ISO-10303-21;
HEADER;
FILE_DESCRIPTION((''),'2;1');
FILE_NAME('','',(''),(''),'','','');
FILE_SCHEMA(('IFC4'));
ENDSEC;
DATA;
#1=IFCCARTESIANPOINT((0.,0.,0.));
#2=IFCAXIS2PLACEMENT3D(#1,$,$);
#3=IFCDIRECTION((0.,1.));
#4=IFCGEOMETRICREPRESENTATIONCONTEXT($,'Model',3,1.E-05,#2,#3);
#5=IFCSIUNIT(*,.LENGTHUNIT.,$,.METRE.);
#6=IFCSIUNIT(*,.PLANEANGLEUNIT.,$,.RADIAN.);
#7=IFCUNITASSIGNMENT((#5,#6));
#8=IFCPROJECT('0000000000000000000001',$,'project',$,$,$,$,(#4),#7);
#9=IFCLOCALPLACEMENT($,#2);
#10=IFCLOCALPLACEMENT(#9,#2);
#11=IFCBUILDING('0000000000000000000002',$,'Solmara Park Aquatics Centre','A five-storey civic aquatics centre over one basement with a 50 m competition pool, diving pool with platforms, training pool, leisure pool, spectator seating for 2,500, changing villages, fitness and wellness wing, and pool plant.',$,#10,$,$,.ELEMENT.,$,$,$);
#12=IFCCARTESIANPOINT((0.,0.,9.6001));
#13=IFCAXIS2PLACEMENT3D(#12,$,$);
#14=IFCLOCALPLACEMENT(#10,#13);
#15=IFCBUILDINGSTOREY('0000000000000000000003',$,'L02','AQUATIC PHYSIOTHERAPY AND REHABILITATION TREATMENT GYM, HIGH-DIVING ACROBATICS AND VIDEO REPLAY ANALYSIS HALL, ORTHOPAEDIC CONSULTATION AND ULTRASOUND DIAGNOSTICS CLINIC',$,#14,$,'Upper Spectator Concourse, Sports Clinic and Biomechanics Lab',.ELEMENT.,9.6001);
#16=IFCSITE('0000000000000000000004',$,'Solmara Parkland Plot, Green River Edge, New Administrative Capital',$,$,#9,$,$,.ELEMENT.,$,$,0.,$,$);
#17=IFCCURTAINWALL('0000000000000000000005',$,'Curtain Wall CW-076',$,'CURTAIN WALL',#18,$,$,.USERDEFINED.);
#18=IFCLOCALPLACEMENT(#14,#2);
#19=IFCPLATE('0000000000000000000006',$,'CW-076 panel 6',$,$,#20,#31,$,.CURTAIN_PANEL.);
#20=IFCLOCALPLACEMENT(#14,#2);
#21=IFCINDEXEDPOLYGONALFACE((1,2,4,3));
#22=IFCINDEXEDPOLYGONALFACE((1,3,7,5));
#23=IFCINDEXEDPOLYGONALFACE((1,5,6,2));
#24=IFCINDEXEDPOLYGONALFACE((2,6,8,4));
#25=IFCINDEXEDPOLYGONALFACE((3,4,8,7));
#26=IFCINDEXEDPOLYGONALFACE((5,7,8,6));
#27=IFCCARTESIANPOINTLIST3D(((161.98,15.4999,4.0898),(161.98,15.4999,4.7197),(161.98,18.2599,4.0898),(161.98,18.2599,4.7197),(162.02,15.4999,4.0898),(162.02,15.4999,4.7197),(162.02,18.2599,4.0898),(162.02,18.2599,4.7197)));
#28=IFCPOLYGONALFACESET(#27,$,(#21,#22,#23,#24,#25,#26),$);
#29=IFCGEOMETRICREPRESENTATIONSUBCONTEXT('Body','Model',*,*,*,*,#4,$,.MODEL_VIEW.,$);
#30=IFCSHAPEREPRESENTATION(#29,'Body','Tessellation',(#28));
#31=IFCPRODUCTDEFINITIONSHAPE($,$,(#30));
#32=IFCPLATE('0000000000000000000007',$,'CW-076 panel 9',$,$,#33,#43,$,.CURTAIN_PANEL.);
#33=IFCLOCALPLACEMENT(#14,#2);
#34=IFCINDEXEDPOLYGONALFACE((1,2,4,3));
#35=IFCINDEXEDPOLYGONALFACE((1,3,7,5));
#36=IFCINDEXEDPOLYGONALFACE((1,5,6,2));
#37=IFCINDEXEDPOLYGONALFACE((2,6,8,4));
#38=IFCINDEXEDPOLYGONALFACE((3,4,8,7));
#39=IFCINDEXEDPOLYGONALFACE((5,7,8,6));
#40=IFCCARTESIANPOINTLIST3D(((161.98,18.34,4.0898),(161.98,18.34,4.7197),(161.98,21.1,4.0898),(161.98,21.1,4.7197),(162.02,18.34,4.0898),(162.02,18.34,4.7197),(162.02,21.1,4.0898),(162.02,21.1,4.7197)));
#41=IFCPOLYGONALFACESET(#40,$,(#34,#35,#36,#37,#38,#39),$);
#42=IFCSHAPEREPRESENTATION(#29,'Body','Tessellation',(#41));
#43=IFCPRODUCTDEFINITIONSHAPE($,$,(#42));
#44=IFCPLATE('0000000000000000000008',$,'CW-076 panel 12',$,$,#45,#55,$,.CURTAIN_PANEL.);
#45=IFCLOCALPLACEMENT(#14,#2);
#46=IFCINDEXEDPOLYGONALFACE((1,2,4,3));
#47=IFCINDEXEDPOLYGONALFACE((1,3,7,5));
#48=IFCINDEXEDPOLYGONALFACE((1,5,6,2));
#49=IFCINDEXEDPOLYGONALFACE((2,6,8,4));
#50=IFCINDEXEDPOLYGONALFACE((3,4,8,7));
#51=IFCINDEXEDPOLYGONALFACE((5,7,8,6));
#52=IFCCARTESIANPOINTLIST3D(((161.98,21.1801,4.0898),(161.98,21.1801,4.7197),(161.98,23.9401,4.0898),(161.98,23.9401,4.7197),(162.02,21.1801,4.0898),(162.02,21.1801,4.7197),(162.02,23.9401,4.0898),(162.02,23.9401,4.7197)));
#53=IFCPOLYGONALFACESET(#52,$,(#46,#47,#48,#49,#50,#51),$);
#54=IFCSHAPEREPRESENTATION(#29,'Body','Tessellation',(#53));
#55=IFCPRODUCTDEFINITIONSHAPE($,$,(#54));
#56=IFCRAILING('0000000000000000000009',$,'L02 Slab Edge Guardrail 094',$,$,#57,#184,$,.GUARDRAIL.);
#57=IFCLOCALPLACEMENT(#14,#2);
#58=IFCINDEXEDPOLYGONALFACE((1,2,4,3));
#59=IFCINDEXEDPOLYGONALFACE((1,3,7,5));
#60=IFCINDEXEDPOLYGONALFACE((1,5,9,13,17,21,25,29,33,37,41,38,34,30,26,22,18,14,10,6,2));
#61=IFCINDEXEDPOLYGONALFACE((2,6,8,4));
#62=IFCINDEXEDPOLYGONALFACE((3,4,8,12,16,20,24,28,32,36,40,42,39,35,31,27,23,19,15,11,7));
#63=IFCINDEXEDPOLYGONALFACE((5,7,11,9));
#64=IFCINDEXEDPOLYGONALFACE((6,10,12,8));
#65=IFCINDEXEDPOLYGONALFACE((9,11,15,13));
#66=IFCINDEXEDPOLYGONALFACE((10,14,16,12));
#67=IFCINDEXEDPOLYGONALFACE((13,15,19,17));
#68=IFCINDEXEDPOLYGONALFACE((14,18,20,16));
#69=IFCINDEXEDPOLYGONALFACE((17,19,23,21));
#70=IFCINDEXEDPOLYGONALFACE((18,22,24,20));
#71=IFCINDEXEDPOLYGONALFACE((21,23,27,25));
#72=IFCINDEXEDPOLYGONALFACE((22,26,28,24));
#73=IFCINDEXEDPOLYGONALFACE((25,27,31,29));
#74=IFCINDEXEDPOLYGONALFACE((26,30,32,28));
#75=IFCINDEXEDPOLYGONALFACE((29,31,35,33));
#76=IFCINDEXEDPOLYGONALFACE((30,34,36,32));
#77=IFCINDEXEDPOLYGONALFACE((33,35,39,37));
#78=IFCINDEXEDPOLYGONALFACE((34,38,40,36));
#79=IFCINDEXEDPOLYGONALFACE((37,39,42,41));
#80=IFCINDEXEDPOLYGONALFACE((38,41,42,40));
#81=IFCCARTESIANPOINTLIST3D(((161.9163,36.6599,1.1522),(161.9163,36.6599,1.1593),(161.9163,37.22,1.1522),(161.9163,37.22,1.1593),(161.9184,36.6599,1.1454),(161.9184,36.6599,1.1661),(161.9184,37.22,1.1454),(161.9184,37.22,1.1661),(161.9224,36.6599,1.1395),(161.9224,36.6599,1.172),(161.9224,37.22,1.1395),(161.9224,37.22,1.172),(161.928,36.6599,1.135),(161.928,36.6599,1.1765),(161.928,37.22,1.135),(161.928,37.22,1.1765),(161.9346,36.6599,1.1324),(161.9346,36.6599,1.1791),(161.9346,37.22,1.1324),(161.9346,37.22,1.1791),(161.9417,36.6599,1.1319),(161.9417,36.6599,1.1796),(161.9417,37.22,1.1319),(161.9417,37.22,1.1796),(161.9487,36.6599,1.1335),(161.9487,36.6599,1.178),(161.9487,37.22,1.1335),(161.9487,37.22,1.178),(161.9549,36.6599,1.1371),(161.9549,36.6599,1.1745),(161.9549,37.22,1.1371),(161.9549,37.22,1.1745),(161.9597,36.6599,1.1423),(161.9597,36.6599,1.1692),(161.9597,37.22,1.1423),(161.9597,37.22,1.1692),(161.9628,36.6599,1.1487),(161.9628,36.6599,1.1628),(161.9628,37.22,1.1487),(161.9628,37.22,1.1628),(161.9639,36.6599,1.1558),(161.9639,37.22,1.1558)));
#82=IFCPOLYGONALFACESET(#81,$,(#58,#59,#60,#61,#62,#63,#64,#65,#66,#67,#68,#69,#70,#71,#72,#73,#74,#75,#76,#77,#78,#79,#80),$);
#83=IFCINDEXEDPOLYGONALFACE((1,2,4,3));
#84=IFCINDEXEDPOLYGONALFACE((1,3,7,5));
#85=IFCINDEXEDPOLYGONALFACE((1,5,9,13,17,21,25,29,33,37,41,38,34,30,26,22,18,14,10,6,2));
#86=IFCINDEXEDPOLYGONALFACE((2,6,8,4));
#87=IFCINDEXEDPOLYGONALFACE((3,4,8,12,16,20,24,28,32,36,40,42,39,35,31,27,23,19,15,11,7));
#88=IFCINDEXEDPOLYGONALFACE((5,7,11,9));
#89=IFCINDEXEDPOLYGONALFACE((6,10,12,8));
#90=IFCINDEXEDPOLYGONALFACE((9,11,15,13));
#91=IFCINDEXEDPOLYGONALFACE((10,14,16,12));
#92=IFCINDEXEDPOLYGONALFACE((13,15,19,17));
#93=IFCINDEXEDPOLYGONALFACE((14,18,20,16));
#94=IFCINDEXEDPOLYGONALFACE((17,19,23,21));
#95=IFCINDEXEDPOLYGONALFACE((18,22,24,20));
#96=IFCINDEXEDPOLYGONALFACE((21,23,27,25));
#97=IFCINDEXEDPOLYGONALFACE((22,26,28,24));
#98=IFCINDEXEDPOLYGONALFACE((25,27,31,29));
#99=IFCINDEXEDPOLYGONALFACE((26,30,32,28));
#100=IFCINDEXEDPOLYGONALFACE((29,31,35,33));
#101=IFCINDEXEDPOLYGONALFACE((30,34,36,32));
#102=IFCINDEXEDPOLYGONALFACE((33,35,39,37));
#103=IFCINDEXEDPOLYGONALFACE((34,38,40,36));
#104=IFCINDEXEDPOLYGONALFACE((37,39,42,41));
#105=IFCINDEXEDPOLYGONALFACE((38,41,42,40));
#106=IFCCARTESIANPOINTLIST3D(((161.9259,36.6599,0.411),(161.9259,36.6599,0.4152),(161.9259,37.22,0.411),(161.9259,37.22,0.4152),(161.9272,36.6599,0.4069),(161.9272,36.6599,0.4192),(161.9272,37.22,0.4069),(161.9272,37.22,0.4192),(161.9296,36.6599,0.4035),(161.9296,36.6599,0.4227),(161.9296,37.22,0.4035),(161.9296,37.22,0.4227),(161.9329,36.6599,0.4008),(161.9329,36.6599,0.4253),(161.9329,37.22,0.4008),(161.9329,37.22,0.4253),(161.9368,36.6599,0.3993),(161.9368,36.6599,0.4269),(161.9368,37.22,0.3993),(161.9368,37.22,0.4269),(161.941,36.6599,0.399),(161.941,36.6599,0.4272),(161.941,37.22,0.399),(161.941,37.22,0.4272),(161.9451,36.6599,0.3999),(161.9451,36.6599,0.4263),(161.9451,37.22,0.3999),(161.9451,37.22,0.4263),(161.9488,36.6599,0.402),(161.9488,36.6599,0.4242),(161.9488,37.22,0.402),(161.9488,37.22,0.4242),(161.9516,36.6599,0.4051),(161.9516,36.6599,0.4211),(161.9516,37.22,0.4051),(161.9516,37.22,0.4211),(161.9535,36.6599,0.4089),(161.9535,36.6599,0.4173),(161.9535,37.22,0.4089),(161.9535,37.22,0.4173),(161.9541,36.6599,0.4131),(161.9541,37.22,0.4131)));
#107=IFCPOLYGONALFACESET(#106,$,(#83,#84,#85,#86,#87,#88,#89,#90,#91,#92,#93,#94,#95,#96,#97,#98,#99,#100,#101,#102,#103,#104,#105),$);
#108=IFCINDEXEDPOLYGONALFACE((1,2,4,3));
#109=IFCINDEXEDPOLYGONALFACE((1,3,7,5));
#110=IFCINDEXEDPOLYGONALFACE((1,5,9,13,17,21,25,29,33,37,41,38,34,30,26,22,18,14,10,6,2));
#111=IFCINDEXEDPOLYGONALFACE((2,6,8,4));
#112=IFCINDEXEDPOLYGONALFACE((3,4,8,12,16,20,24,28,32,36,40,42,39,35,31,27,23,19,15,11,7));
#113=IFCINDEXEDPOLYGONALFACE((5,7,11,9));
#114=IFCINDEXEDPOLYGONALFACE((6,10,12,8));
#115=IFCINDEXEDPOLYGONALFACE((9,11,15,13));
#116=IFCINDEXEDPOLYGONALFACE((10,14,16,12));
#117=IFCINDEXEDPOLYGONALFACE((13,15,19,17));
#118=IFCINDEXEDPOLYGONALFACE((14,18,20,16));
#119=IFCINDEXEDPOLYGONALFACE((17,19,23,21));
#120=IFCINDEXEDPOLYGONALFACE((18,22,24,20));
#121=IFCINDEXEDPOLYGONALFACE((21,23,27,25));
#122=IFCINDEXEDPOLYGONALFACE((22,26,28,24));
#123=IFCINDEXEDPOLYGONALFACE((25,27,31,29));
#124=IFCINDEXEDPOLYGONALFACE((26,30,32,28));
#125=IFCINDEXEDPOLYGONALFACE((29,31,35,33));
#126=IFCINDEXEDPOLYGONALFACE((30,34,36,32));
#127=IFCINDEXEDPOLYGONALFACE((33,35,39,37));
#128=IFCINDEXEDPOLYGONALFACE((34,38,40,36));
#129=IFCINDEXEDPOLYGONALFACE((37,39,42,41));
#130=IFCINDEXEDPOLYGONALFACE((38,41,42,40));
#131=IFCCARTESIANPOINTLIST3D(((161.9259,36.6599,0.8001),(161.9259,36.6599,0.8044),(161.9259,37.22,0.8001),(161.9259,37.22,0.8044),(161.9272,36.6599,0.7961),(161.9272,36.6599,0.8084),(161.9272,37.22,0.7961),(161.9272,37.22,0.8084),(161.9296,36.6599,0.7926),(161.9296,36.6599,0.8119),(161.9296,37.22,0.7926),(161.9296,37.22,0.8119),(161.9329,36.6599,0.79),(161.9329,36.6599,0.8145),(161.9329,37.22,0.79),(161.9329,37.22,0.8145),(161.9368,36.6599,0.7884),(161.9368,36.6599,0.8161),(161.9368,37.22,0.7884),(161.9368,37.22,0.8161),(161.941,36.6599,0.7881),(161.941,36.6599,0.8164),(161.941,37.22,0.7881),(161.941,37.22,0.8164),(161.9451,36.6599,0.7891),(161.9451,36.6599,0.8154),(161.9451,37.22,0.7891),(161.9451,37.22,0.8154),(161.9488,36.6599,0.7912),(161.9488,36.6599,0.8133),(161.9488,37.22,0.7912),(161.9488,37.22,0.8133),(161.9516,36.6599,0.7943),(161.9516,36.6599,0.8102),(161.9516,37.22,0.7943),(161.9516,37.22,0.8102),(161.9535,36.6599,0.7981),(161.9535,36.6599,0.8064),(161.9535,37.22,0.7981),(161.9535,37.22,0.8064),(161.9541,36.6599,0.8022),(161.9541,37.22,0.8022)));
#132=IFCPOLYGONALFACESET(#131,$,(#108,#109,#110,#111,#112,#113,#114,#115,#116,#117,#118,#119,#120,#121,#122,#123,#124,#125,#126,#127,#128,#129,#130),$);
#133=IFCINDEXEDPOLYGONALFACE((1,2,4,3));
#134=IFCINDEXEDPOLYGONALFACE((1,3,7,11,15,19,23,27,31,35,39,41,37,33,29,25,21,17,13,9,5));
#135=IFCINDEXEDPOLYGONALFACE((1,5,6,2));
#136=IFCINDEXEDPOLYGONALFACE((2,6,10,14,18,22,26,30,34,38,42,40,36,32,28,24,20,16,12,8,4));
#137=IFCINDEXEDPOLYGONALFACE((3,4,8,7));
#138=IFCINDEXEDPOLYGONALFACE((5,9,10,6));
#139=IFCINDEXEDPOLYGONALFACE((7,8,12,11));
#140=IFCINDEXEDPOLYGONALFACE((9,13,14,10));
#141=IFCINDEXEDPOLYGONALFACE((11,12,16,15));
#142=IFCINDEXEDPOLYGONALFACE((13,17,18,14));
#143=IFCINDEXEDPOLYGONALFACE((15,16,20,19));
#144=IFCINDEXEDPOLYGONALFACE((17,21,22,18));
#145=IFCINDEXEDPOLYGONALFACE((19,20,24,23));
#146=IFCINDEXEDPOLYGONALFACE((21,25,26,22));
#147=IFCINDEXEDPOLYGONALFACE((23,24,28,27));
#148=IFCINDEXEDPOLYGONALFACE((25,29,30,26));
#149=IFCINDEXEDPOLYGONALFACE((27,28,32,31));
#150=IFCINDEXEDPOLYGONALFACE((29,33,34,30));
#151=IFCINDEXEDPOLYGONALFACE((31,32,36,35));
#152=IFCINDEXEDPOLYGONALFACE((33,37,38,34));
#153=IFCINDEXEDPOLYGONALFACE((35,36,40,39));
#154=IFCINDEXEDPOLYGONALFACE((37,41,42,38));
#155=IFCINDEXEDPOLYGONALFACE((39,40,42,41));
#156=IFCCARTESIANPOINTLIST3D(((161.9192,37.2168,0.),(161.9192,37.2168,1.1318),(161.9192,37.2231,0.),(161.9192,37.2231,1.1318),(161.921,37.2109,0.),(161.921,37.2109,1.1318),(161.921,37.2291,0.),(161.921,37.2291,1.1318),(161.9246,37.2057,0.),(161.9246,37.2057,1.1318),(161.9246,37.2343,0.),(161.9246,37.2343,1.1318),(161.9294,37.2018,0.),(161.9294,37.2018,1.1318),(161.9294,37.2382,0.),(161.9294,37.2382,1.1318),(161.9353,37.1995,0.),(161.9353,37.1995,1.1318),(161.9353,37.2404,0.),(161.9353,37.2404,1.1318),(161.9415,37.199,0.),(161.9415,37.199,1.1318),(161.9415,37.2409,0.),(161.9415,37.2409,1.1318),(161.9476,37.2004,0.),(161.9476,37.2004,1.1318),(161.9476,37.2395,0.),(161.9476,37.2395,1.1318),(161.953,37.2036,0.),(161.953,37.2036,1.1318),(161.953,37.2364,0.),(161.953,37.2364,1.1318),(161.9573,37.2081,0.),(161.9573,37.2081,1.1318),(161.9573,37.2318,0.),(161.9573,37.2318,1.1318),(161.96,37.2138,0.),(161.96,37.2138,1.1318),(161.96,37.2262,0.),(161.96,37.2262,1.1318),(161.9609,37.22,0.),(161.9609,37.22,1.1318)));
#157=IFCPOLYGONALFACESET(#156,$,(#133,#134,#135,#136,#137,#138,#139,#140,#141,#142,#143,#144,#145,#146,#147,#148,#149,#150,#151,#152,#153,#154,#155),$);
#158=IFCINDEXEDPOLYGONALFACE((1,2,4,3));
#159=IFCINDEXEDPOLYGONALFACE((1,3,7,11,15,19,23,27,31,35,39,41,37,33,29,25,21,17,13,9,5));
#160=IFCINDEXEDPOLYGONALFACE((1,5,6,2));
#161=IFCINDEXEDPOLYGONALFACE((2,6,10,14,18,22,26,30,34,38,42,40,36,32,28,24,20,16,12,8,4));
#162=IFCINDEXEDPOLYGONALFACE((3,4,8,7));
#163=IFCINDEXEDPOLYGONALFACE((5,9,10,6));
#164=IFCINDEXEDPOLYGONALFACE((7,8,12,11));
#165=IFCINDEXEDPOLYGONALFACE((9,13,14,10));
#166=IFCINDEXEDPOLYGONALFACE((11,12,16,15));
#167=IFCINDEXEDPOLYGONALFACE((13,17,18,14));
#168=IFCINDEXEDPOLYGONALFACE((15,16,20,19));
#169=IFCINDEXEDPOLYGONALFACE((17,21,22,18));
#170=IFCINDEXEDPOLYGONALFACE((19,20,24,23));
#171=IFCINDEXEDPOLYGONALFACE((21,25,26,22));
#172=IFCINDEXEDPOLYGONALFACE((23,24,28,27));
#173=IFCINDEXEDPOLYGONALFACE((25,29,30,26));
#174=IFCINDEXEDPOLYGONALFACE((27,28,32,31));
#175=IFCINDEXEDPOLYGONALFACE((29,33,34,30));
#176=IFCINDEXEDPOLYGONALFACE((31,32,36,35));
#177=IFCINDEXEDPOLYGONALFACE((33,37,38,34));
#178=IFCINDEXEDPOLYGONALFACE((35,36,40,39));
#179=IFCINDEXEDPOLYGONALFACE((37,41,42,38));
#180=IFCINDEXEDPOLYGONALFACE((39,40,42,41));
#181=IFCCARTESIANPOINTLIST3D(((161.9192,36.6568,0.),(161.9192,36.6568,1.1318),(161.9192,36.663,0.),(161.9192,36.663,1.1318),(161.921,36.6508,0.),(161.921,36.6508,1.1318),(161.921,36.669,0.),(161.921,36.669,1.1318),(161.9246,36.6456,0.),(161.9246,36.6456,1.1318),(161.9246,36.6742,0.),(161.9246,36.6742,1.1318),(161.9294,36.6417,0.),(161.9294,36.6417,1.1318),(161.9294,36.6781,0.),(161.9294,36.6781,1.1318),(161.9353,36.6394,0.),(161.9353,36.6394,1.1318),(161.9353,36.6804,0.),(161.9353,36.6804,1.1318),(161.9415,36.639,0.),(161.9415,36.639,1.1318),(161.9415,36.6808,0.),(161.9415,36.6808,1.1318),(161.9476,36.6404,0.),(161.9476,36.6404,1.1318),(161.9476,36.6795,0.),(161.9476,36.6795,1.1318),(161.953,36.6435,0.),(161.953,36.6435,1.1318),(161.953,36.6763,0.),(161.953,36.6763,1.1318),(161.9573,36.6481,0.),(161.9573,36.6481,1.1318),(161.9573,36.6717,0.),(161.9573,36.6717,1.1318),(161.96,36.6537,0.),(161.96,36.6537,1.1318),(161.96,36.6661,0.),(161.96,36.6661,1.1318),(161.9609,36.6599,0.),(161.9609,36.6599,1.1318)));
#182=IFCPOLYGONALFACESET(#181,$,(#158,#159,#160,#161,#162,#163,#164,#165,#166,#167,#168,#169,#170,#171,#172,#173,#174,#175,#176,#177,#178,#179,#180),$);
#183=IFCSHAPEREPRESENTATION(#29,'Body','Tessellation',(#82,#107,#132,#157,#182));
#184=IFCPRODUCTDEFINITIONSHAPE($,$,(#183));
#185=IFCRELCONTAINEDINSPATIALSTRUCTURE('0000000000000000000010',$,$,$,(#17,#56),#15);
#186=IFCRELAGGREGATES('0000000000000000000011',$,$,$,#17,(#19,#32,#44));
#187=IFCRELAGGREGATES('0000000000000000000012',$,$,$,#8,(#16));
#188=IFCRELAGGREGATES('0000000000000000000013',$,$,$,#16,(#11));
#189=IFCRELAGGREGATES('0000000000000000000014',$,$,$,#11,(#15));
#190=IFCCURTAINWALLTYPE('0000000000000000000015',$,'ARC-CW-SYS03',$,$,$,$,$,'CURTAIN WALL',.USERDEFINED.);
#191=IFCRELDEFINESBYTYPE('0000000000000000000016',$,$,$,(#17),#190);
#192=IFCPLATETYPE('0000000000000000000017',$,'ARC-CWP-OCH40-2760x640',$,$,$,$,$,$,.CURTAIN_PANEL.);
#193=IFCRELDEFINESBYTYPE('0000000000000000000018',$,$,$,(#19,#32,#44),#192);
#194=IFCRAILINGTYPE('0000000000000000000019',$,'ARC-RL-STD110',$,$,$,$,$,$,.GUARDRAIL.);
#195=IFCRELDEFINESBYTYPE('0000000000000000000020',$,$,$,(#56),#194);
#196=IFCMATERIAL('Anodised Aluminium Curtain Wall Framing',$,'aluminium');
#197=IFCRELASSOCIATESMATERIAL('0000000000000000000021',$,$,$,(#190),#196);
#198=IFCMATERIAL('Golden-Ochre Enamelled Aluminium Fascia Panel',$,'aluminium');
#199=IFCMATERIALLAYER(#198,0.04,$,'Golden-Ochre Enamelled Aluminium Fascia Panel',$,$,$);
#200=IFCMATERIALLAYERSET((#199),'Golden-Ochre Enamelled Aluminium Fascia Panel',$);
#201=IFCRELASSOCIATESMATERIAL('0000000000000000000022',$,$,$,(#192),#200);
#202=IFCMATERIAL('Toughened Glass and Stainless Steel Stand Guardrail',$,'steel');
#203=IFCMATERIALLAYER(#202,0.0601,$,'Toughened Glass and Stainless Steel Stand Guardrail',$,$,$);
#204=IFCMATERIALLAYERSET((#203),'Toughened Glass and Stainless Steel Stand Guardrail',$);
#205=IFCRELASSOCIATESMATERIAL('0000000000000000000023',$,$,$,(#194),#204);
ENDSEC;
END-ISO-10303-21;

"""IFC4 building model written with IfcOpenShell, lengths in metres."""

from ifc_helpers import new_model, si_unit, direction, frame, origin, origin_2d, place, context, subcontext, project, spatial, rectangle, circle, extrude, material, layer, layer_set, type_object, element, aggregate, save


model = new_model("IFC4")

# Units and contexts
model_context = context("Model", 3, precision=1e-05, world=origin(), true_north=direction((0.0, 1.0)))
body_context = subcontext(model_context, "Body", "Model", "MODEL_VIEW")
ifc_project = project(units=[si_unit("LENGTHUNIT", "METRE"), si_unit("PLANEANGLEUNIT", "RADIAN")], contexts=[model_context])

# Site, building, storey
site_placement = place(None, origin())
site = spatial("IfcSite", under=ifc_project, at=site_placement, Name="Solmara Parkland Plot, Green River Edge, New Administrative Capital", CompositionType="ELEMENT", RefElevation=0.0)
building_placement = place(site_placement, origin())
building = spatial("IfcBuilding", under=site, at=building_placement, Name="Solmara Park Aquatics Centre", Description="A five-storey civic aquatics centre over one basement with a 50 m competition pool, diving pool with platforms, training pool, leisure pool, spectator seating for 2,500, changing villages, fitness and wellness wing, and pool plant.", CompositionType="ELEMENT")
storey_placement = place(building_placement, frame((0.0, 0.0, 9.6001)))
storey = spatial("IfcBuildingStorey", under=building, at=storey_placement, Name="L02", Description="AQUATIC PHYSIOTHERAPY AND REHABILITATION TREATMENT GYM, HIGH-DIVING ACROBATICS AND VIDEO REPLAY ANALYSIS HALL, ORTHOPAEDIC CONSULTATION AND ULTRASOUND DIAGNOSTICS CLINIC", LongName="Upper Spectator Concourse, Sports Clinic and Biomechanics Lab", CompositionType="ELEMENT", Elevation=9.6001)

# Curtain wall
ifc_material_1 = material(Name="Anodised Aluminium Curtain Wall Framing", Category="aluminium")
curtain_wall_type = type_object("IfcCurtainWallType", Name="ARC-CW-SYS03", ElementType="CURTAIN WALL", PredefinedType="USERDEFINED", material=ifc_material_1)
curtain_wall_1_placement = place(storey_placement, origin())
curtain_wall_1 = element("IfcCurtainWall", 1, at=curtain_wall_1_placement, inside=storey, type_object=curtain_wall_type, Name="Curtain Wall CW-076", ObjectType="CURTAIN WALL", PredefinedType="USERDEFINED")

# Plates
ifc_material_2 = material(Name="Golden-Ochre Enamelled Aluminium Fascia Panel", Category="aluminium")
ifc_layer_1 = layer(ifc_material_2, 0.04, Name="Golden-Ochre Enamelled Aluminium Fascia Panel")
ifc_layer_set_1 = layer_set([ifc_layer_1], Name="Golden-Ochre Enamelled Aluminium Fascia Panel")
plate_type_1 = type_object("IfcPlateType", Name="ARC-CWP-OCH40-2760x640", PredefinedType="CURTAIN_PANEL", material=ifc_layer_set_1)
plate_1_placement = place(storey_placement, frame((162.0, 16.8799, 4.0898), z_axis=(0.0, 0.0, 1.0), x_axis=(0.0, 1.0, 0.0)))
plate_1 = element("IfcPlate", 2, at=plate_1_placement, type_object=plate_type_1, Name="CW-076 panel 6", PredefinedType="CURTAIN_PANEL", context=body_context, shape_type="SweptSolid", body=[
    extrude(rectangle(XDim=2.76, YDim=0.04, at=origin_2d()), origin(), (0.0, 0.0, 1.0), 0.6299),
])
plate_2_placement = place(storey_placement, frame((162.0, 19.72, 4.0898), z_axis=(0.0, 0.0, 1.0), x_axis=(0.0, 1.0, 0.0)))
plate_2 = element("IfcPlate", 3, at=plate_2_placement, type_object=plate_type_1, Name="CW-076 panel 9", PredefinedType="CURTAIN_PANEL", context=body_context, shape_type="SweptSolid", body=[
    extrude(rectangle(XDim=2.76, YDim=0.04, at=origin_2d()), origin(), (0.0, 0.0, 1.0), 0.6299),
])
plate_3_placement = place(storey_placement, frame((162.0, 22.5601, 4.0898), z_axis=(0.0, 0.0, 1.0), x_axis=(0.0, 1.0, 0.0)))
plate_3 = element("IfcPlate", 4, at=plate_3_placement, type_object=plate_type_1, Name="CW-076 panel 12", PredefinedType="CURTAIN_PANEL", context=body_context, shape_type="SweptSolid", body=[
    extrude(rectangle(XDim=2.76, YDim=0.04, at=origin_2d()), origin(), (0.0, 0.0, 1.0), 0.6299),
])
aggregate(curtain_wall_1, [plate_1, plate_2, plate_3])

# Railing
ifc_material_3 = material(Name="Toughened Glass and Stainless Steel Stand Guardrail", Category="steel")
ifc_layer_2 = layer(ifc_material_3, 0.0601, Name="Toughened Glass and Stainless Steel Stand Guardrail")
ifc_layer_set_2 = layer_set([ifc_layer_2], Name="Toughened Glass and Stainless Steel Stand Guardrail")
railing_type = type_object("IfcRailingType", Name="ARC-RL-STD110", PredefinedType="GUARDRAIL", material=ifc_layer_set_2)
railing_placement = place(storey_placement, frame((161.9399, 37.22, 0.0)))
element("IfcRailing", 5, at=railing_placement, inside=storey, type_object=railing_type, Name="L02 Slab Edge Guardrail 094", PredefinedType="GUARDRAIL", context=body_context, shape_type="SweptSolid", body=[
    extrude(circle(Radius=0.0239, at=origin_2d()), frame((0.0, 0.0, 1.1558), z_axis=(0.0, -1.0, 0.0), x_axis=(1.0, 0.0, 0.0)), (0.0, 0.0, 1.0), 0.5601),
    extrude(circle(Radius=0.0142, at=origin_2d()), frame((0.0, 0.0, 0.4131), z_axis=(0.0, -1.0, 0.0), x_axis=(1.0, 0.0, 0.0)), (0.0, 0.0, 1.0), 0.5601),
    extrude(circle(Radius=0.0142, at=origin_2d()), frame((0.0, 0.0, 0.8022), z_axis=(0.0, -1.0, 0.0), x_axis=(1.0, 0.0, 0.0)), (0.0, 0.0, 1.0), 0.5601),
    extrude(circle(Radius=0.021, at=origin_2d()), origin(), (0.0, 0.0, 1.0), 1.1318),
    extrude(circle(Radius=0.021, at=origin_2d()), frame((0.0, -0.5601, 0.0)), (0.0, 0.0, 1.0), 1.1318),
])

save(model, "model.ifc")
